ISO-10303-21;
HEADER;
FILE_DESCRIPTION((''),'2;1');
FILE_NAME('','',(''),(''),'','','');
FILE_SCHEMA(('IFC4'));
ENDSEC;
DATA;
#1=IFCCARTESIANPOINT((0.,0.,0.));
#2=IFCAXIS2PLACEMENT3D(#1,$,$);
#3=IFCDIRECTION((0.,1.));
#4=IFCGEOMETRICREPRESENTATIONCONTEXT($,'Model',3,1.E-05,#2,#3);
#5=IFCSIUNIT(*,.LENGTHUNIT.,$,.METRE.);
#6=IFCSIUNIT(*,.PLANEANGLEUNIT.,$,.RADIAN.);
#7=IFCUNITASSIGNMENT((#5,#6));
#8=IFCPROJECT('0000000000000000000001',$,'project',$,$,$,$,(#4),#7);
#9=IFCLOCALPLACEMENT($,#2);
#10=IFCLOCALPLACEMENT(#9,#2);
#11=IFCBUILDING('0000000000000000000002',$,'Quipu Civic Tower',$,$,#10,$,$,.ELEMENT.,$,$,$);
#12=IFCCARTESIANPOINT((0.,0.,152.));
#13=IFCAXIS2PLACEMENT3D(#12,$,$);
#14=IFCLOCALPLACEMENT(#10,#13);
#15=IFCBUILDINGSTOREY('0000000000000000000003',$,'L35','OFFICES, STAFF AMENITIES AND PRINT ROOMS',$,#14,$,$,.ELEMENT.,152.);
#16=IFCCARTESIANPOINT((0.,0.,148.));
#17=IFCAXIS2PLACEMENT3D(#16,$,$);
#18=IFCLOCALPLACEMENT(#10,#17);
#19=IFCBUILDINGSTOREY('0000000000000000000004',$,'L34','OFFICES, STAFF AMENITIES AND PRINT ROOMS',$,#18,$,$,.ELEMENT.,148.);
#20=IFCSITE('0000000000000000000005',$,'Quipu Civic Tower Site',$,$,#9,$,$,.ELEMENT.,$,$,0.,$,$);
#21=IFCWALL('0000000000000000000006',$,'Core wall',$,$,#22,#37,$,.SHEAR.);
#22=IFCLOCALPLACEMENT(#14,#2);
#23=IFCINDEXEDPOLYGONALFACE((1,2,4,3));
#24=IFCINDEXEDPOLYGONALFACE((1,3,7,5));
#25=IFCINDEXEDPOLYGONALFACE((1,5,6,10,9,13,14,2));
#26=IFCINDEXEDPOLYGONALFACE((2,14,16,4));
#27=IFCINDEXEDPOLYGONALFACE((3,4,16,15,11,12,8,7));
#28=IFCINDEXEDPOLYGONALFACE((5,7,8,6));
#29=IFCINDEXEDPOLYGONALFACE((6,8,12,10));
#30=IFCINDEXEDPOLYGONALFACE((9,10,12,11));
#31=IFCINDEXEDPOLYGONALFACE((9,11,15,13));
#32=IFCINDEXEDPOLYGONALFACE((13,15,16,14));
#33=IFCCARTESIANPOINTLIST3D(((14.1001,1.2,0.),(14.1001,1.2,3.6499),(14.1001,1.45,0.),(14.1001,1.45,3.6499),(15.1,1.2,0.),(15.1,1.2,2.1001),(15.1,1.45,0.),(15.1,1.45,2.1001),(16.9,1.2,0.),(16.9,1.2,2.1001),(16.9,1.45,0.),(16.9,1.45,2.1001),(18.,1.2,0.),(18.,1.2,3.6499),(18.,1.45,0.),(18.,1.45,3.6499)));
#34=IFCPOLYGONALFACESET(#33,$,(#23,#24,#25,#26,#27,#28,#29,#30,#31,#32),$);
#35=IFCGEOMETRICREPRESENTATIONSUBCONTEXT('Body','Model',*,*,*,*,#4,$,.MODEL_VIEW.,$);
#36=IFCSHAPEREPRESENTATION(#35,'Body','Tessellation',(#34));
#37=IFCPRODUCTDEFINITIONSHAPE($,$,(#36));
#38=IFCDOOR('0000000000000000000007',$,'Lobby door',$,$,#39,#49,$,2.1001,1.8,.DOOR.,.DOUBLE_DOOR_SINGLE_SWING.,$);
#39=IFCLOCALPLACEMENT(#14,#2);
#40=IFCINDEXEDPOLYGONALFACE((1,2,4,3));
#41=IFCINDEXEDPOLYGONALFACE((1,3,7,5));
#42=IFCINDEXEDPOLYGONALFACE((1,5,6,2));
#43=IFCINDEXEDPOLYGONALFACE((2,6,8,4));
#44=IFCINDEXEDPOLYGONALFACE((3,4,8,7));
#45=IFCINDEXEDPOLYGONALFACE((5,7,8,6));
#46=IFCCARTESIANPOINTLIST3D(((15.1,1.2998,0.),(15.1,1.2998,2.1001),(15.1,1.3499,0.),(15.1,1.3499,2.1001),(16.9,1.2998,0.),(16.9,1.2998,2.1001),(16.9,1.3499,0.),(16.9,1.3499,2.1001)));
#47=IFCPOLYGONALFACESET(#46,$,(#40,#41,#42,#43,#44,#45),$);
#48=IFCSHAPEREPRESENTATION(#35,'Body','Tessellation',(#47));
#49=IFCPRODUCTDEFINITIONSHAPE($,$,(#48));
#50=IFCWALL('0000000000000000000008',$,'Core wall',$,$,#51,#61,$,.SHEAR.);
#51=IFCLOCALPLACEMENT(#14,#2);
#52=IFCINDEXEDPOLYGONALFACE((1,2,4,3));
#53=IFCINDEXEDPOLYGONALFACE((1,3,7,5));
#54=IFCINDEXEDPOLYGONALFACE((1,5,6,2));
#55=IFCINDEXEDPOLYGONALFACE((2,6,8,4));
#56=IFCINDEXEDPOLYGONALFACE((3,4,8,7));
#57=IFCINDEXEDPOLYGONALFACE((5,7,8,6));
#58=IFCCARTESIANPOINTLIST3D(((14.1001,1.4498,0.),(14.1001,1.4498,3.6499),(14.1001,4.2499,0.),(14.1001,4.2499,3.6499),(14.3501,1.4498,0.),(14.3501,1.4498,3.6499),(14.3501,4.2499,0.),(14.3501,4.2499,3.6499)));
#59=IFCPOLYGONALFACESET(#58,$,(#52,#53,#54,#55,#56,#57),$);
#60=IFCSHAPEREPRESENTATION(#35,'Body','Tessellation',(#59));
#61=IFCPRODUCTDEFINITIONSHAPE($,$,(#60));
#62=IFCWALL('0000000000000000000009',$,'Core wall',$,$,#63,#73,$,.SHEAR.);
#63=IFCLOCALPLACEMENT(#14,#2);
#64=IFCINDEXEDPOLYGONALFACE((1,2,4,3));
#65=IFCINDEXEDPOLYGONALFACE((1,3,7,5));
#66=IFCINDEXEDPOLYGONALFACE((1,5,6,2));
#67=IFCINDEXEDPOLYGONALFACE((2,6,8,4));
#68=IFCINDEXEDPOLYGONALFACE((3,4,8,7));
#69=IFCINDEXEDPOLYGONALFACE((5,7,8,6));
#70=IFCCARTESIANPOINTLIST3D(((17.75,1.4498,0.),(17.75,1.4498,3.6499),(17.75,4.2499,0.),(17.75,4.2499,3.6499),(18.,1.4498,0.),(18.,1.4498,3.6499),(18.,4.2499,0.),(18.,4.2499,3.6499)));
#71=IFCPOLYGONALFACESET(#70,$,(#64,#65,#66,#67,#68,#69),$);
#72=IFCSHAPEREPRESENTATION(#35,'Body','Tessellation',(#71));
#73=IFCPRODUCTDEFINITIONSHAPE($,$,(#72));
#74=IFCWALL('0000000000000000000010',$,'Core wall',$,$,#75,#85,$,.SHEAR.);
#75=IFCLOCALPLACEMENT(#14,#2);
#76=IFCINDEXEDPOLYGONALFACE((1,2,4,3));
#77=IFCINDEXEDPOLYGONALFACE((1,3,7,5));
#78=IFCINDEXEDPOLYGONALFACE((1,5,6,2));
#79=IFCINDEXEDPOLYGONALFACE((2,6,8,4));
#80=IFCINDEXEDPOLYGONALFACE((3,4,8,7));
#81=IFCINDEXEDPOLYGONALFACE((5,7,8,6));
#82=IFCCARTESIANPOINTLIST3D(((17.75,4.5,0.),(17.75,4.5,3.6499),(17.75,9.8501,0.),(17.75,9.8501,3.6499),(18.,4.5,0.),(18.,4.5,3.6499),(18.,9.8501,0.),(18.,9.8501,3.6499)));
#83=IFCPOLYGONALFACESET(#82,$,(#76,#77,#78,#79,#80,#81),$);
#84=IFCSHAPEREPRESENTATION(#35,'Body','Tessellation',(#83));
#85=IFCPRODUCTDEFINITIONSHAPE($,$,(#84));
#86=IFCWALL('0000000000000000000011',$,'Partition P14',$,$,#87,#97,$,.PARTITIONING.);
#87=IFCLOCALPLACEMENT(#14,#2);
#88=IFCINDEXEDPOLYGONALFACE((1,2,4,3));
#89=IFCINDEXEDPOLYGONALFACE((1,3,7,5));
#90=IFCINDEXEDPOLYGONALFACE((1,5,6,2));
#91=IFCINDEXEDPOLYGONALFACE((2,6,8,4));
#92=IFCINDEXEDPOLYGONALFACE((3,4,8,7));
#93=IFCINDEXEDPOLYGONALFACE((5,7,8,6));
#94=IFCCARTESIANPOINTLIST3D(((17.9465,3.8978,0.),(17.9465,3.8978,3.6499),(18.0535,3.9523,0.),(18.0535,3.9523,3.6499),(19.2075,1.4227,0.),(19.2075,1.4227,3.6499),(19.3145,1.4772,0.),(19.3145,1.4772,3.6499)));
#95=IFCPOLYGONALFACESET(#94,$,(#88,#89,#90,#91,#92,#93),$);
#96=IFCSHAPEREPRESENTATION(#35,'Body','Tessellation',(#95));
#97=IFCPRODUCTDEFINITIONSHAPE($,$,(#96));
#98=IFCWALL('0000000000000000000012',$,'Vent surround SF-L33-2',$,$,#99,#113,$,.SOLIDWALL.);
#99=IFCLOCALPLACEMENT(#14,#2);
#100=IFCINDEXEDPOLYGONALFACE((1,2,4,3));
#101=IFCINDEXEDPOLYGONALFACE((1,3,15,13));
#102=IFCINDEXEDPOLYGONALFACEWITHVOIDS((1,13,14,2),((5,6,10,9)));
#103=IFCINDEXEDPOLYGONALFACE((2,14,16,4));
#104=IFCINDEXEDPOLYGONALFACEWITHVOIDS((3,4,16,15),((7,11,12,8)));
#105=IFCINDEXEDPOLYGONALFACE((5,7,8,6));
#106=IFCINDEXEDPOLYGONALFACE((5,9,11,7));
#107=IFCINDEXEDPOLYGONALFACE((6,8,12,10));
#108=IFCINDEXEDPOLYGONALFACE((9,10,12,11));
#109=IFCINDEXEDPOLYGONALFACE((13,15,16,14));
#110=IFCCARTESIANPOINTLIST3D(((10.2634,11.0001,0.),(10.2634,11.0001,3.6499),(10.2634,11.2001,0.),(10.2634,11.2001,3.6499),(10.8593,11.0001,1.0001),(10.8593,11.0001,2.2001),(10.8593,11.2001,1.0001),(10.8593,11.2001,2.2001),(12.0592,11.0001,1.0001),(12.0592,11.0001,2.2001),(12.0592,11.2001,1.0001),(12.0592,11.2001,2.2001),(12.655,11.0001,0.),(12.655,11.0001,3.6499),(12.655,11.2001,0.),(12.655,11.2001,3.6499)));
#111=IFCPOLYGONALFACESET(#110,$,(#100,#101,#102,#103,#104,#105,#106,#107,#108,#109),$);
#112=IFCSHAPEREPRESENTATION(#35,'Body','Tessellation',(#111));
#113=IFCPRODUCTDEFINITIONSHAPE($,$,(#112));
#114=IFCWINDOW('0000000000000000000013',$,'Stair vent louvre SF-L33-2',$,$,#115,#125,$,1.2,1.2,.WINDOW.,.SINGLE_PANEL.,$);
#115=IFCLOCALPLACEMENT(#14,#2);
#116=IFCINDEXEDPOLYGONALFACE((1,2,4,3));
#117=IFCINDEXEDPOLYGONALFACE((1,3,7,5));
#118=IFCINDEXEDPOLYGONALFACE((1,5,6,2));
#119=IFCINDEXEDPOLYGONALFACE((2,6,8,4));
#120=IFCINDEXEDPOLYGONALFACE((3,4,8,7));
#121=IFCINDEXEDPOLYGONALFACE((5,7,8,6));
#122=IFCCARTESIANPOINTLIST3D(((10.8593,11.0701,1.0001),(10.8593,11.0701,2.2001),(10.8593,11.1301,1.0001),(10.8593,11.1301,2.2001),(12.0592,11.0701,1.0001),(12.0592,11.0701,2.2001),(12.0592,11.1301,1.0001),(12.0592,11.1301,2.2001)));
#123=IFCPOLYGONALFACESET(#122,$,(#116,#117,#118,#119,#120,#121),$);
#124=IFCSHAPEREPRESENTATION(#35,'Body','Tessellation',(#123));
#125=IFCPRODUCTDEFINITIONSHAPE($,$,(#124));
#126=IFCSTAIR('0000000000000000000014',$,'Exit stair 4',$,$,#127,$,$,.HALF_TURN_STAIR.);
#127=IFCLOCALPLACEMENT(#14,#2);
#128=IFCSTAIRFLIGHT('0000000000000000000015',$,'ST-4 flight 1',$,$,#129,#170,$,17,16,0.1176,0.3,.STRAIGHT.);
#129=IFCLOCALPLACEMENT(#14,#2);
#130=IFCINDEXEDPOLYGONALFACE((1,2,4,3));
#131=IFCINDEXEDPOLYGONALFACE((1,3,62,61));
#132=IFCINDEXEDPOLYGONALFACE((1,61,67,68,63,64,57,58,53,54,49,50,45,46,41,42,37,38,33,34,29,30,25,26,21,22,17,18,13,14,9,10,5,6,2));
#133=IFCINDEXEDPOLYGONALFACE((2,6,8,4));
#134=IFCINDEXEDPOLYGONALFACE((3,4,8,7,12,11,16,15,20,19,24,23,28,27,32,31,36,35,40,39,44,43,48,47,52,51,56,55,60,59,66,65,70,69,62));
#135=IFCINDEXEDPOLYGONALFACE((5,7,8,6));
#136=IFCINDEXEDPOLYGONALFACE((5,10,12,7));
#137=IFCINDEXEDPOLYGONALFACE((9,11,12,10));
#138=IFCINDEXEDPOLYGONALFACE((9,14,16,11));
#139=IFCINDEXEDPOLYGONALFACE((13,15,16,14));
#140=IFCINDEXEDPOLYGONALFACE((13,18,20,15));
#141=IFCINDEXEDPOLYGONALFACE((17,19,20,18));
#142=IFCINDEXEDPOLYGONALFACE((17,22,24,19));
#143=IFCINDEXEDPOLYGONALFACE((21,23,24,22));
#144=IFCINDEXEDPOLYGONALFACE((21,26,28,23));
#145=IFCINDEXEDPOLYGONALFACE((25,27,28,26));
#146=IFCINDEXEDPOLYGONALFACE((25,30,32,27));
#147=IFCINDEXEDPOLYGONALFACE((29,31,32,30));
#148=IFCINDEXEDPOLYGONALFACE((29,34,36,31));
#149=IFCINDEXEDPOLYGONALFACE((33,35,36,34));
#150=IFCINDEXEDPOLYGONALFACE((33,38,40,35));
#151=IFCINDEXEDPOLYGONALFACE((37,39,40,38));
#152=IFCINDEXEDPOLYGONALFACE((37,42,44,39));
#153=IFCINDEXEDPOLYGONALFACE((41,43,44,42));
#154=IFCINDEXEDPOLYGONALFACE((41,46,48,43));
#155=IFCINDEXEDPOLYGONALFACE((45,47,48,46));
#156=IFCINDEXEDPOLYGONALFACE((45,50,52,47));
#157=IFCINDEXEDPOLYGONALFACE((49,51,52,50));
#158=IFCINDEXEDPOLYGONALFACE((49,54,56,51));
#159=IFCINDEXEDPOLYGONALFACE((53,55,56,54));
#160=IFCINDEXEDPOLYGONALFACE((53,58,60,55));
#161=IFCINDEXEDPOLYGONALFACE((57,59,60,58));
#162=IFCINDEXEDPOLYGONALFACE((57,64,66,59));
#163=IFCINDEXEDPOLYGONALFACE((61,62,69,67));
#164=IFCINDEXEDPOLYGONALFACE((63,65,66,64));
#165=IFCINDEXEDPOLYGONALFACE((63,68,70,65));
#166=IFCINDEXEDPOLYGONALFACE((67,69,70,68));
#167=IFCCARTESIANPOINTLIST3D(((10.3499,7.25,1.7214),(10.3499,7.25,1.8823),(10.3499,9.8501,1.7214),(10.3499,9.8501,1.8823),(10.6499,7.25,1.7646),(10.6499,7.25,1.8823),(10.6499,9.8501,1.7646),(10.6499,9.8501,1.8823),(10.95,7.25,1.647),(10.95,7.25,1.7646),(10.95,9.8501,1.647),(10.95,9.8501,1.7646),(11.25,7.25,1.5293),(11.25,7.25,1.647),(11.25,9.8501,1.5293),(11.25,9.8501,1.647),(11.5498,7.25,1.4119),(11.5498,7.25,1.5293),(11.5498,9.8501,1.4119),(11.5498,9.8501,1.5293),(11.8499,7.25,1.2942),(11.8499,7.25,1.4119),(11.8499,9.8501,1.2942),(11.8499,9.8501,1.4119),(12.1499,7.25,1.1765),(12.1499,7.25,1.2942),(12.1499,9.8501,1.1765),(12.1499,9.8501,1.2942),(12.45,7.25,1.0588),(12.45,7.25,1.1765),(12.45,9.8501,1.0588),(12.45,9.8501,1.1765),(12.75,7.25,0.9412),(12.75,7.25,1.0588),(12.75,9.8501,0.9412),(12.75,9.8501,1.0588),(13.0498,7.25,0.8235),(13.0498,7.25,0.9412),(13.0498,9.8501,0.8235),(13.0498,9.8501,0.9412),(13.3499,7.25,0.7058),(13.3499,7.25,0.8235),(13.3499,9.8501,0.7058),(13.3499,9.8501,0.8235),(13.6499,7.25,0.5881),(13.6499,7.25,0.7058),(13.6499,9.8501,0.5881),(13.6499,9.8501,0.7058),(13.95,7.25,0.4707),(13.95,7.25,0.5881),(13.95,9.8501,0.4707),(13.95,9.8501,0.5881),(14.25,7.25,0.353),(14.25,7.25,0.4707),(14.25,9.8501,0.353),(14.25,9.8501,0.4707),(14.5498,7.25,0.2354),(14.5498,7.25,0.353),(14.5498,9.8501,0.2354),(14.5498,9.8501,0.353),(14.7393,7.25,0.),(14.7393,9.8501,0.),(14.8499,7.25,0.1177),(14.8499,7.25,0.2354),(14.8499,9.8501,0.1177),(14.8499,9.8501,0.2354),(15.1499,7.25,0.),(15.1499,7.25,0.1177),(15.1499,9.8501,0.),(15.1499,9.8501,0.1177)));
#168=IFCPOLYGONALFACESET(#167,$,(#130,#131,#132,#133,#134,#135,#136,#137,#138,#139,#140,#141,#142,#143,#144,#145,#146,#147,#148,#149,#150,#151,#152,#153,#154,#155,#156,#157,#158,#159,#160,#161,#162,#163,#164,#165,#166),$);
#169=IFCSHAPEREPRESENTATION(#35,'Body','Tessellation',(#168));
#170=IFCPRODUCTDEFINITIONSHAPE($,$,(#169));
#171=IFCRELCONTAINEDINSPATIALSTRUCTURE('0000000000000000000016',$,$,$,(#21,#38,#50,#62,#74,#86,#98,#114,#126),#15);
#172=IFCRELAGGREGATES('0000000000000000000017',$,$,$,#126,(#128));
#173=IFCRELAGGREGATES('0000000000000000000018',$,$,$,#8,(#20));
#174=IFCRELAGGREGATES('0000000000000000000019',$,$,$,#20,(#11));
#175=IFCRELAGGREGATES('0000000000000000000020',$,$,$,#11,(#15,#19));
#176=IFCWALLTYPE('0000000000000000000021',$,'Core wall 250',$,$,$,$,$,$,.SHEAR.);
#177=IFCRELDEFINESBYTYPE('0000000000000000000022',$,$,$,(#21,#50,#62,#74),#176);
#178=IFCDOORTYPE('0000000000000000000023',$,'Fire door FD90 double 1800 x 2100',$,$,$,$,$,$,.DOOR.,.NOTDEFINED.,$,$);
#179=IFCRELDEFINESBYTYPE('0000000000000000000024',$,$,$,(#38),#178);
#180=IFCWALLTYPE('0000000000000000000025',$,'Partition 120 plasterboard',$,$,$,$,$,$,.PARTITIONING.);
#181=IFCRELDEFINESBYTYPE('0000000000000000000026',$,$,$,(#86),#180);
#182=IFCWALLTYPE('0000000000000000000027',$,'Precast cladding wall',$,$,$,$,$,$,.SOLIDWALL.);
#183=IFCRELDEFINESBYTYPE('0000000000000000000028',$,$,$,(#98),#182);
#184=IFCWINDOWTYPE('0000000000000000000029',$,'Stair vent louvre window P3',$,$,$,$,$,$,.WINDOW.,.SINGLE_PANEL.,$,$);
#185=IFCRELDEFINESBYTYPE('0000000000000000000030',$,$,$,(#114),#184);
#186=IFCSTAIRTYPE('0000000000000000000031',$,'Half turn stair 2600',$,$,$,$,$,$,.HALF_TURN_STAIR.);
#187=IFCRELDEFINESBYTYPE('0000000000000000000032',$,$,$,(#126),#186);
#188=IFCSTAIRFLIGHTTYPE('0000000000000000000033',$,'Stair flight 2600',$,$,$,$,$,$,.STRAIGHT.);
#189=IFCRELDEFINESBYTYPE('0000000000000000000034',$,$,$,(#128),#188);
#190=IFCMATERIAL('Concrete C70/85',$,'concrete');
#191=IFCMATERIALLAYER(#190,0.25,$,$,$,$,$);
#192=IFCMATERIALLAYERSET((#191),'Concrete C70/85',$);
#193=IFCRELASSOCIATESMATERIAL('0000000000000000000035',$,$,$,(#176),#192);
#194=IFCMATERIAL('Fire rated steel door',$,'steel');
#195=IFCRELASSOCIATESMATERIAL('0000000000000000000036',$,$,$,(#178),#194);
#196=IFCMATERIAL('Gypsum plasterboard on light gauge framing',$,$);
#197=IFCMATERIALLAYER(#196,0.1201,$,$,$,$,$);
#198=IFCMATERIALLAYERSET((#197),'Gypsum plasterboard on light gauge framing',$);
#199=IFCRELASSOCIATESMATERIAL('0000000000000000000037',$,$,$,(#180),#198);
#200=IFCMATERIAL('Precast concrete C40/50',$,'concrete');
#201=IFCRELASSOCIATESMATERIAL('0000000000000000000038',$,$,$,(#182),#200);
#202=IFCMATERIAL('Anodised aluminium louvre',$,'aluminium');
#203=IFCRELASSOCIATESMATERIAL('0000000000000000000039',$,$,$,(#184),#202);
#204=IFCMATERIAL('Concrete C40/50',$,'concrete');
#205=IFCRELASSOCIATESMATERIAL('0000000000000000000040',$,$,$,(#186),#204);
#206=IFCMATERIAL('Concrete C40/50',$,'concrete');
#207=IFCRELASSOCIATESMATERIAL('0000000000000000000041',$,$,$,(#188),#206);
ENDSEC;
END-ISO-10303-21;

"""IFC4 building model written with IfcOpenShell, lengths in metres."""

from ifc_helpers import new_model, si_unit, direction, frame, frame_2d, origin, place, context, subcontext, project, spatial, polyline, rectangle, outline, extrude, material, layer, layer_set, type_object, element, fill, aggregate, save


model = new_model("IFC4")

# Units and contexts
model_context = context("Model", 3, precision=1e-05, world=origin(), true_north=direction((0.0, 1.0)))
body_context = subcontext(model_context, "Body", "Model", "MODEL_VIEW")
ifc_project = project(units=[si_unit("LENGTHUNIT", "METRE"), si_unit("PLANEANGLEUNIT", "RADIAN")], contexts=[model_context])

# Site, building, storey
site_placement = place(None, origin())
site = spatial("IfcSite", under=ifc_project, at=site_placement, Name="Quipu Civic Tower Site", CompositionType="ELEMENT", RefElevation=0.0)
building_placement = place(site_placement, origin())
building = spatial("IfcBuilding", under=site, at=building_placement, Name="Quipu Civic Tower", CompositionType="ELEMENT")
storey_1_placement = place(building_placement, frame((0.0, 0.0, 152.0)))
storey_1 = spatial("IfcBuildingStorey", under=building, at=storey_1_placement, Name="L35", Description="OFFICES, STAFF AMENITIES AND PRINT ROOMS", CompositionType="ELEMENT", Elevation=152.0)

# Shared definitions
storey_2_placement = place(building_placement, frame((0.0, 0.0, 148.0)))
storey_2 = spatial("IfcBuildingStorey", under=building, at=storey_2_placement, Name="L34", Description="OFFICES, STAFF AMENITIES AND PRINT ROOMS", CompositionType="ELEMENT", Elevation=148.0)

# Wall, opening, door
ifc_material_1 = material(Name="Concrete C70/85", Category="concrete")
ifc_layer_1 = layer(ifc_material_1, 0.25)
ifc_layer_set_1 = layer_set([ifc_layer_1], Name="Concrete C70/85")
wall_type_1 = type_object("IfcWallType", Name="Core wall 250", PredefinedType="SHEAR", material=ifc_layer_set_1)
wall_1_placement = place(storey_1_placement, frame((14.1001, 1.325, 0.0), z_axis=(0.0, 0.0, 1.0), x_axis=(1.0, 0.0, 0.0)))
wall_1 = element("IfcWall", 1, at=wall_1_placement, inside=storey_1, type_object=wall_type_1, Name="Core wall", PredefinedType="SHEAR", context=body_context, shape_type="SweptSolid", body=[
    extrude(rectangle(XDim=3.8999, YDim=0.25, at=frame_2d((1.95, 0.0))), origin(), (0.0, 0.0, 1.0), 3.6499),
])
opening_1_placement = place(wall_1_placement, frame((1.0, 0.0, 0.0)))
opening_1 = element("IfcOpeningElement", 2, at=opening_1_placement, cuts=wall_1, PredefinedType="OPENING", context=body_context, shape_type="SweptSolid", body=[
    extrude(rectangle(XDim=1.8, YDim=2.1001, at=frame_2d((0.8999, 1.05))), frame((0.0, 0.135, 0.0), z_axis=(0.0, -1.0, 0.0), x_axis=(1.0, 0.0, 0.0)), (0.0, 0.0, 1.0), 0.27),
])
ifc_material_2 = material(Name="Fire rated steel door", Category="steel")
door_type = type_object("IfcDoorType", Name="Fire door FD90 double 1800 x 2100", OperationType="NOTDEFINED", PredefinedType="DOOR", material=ifc_material_2)
door_placement = place(opening_1_placement, origin())
door = element("IfcDoor", 3, at=door_placement, inside=storey_1, type_object=door_type, Name="Lobby door", OperationType="DOUBLE_DOOR_SINGLE_SWING", OverallHeight=2.1001, OverallWidth=1.8, PredefinedType="DOOR", context=body_context, shape_type="SweptSolid", body=[
    extrude(rectangle(XDim=1.8, YDim=2.1001, at=frame_2d((0.8999, 1.05))), frame((0.0, 0.0249, 0.0), z_axis=(0.0, -1.0, 0.0), x_axis=(1.0, 0.0, 0.0)), (0.0, 0.0, 1.0), 0.05),
])
fill(opening_1, door)

# Walls
for number, where, z_axis, x_axis, name in (
    (4, (14.2251, 1.45, 0.0), (0.0, 0.0, 1.0), (0.0, 1.0, 0.0), "Core wall"),
    (5, (17.875, 1.45, 0.0), (0.0, 0.0, 1.0), (0.0, 1.0, 0.0), "Core wall"),
):
    element("IfcWall", number, at=place(storey_1_placement, frame(where, z_axis=z_axis, x_axis=x_axis)), inside=storey_1, type_object=wall_type_1, Name=name, PredefinedType="SHEAR", context=body_context, shape_type="SweptSolid", body=[
        extrude(rectangle(XDim=2.8, YDim=0.25, at=frame_2d((1.3999, 0.0))), origin(), (0.0, 0.0, 1.0), 3.6499),
    ])
wall_2_placement = place(storey_1_placement, frame((17.875, 4.5, 0.0), z_axis=(0.0, 0.0, 1.0), x_axis=(0.0, 1.0, 0.0)))
element("IfcWall", 6, at=wall_2_placement, inside=storey_1, type_object=wall_type_1, Name="Core wall", PredefinedType="SHEAR", context=body_context, shape_type="SweptSolid", body=[
    extrude(rectangle(XDim=5.3501, YDim=0.25, at=frame_2d((2.675, 0.0))), origin(), (0.0, 0.0, 1.0), 3.6499),
])
ifc_material_3 = material(Name="Gypsum plasterboard on light gauge framing")
ifc_layer_2 = layer(ifc_material_3, 0.1201)
ifc_layer_set_2 = layer_set([ifc_layer_2], Name="Gypsum plasterboard on light gauge framing")
wall_type_2 = type_object("IfcWallType", Name="Partition 120 plasterboard", PredefinedType="PARTITIONING", material=ifc_layer_set_2)
wall_3_placement = place(storey_1_placement, frame((18.0, 3.925, 0.0), z_axis=(0.0, 0.0, 1.0), x_axis=(0.453951, -0.891027, 0.0)))
element("IfcWall", 7, at=wall_3_placement, inside=storey_1, type_object=wall_type_2, Name="Partition P14", PredefinedType="PARTITIONING", context=body_context, shape_type="SweptSolid", body=[
    extrude(rectangle(XDim=2.7778, YDim=0.1201, at=frame_2d((1.3889, 0.0))), origin(), (0.0, 0.0, 1.0), 3.6499),
])

# Wall, opening, window
ifc_material_4 = material(Name="Precast concrete C40/50", Category="concrete")
wall_type_3 = type_object("IfcWallType", Name="Precast cladding wall", PredefinedType="SOLIDWALL", material=ifc_material_4)
wall_4_placement = place(storey_1_placement, frame((12.655, 11.1001, 0.0), z_axis=(0.0, 0.0, 1.0), x_axis=(-1.0, 0.0, 0.0)))
wall_4 = element("IfcWall", 8, at=wall_4_placement, inside=storey_1, type_object=wall_type_3, Name="Vent surround SF-L33-2", PredefinedType="SOLIDWALL", context=body_context, shape_type="SweptSolid", body=[
    extrude(rectangle(XDim=2.3916, YDim=0.2, at=frame_2d((1.1958, 0.0))), origin(), (0.0, 0.0, 1.0), 3.6499),
])
opening_2_placement = place(wall_4_placement, frame((0.5957, 0.0, 1.0)))
opening_2 = element("IfcOpeningElement", 9, at=opening_2_placement, cuts=wall_4, PredefinedType="OPENING", context=body_context, shape_type="SweptSolid", body=[
    extrude(rectangle(XDim=1.2, YDim=1.2, at=frame_2d((0.6001, 0.6001))), frame((0.0, 0.1099, 0.0), z_axis=(0.0, -1.0, 0.0), x_axis=(1.0, 0.0, 0.0)), (0.0, 0.0, 1.0), 0.22),
])
ifc_material_5 = material(Name="Anodised aluminium louvre", Category="aluminium")
window_type = type_object("IfcWindowType", Name="Stair vent louvre window P3", PartitioningType="SINGLE_PANEL", PredefinedType="WINDOW", material=ifc_material_5)
window_placement = place(opening_2_placement, origin())
window = element("IfcWindow", 10, at=window_placement, inside=storey_1, type_object=window_type, Name="Stair vent louvre SF-L33-2", OverallHeight=1.2, OverallWidth=1.2, PartitioningType="SINGLE_PANEL", PredefinedType="WINDOW", context=body_context, shape_type="SweptSolid", body=[
    extrude(rectangle(XDim=1.2, YDim=1.2, at=frame_2d((0.6001, 0.6001))), frame((0.0, 0.03, 0.0), z_axis=(0.0, -1.0, 0.0), x_axis=(1.0, 0.0, 0.0)), (0.0, 0.0, 1.0), 0.0601),
])
fill(opening_2, window)

# Stair, stair flight
ifc_material_6 = material(Name="Concrete C40/50", Category="concrete")
stair_type = type_object("IfcStairType", Name="Half turn stair 2600", PredefinedType="HALF_TURN_STAIR", material=ifc_material_6)
stair_placement = place(storey_1_placement, origin())
stair = element("IfcStair", 11, at=stair_placement, inside=storey_1, type_object=stair_type, Name="Exit stair 4", PredefinedType="HALF_TURN_STAIR")
ifc_material_7 = material(Name="Concrete C40/50", Category="concrete")
stair_flight_type = type_object("IfcStairFlightType", Name="Stair flight 2600", PredefinedType="STRAIGHT", material=ifc_material_7)
stair_flight_1_placement = place(storey_1_placement, frame((15.1499, 8.55, 0.0), z_axis=(0.0, 0.0, 1.0), x_axis=(-1.0, 0.0, 0.0)))
stair_flight_1 = element("IfcStairFlight", 12, at=stair_flight_1_placement, type_object=stair_flight_type, Name="ST-4 flight 1", NumberOfRisers=17, NumberOfTreads=16, PredefinedType="STRAIGHT", RiserHeight=0.1176, TreadLength=0.3, context=body_context, shape_type="SweptSolid", body=[
    extrude(outline(polyline([(0.0, 0.0), (0.0, 0.1177), (0.3, 0.1177), (0.3, 0.2354), (0.6001, 0.2354), (0.6001, 0.353), (0.8999, 0.353), (0.8999, 0.4707), (1.2, 0.4707), (1.2, 0.5881), (1.5, 0.5881), (1.5, 0.7058), (1.8, 0.7058), (1.8, 0.8235), (2.1001, 0.8235), (2.1001, 0.9412), (2.3999, 0.9412), (2.3999, 1.0588), (2.7, 1.0588), (2.7, 1.1765), (3.0, 1.1765), (3.0, 1.2942), (3.3, 1.2942), (3.3, 1.4119), (3.6001, 1.4119), (3.6001, 1.5293), (3.8999, 1.5293), (3.8999, 1.647), (4.2, 1.647), (4.2, 1.7646), (4.5, 1.7646), (4.5, 1.8823), (4.8, 1.8823), (4.8, 2.0), (4.8, 1.7214), (0.4106, 0.0), (0.0, 0.0)])), frame((0.0, 1.3, 0.0), z_axis=(0.0, -1.0, 0.0), x_axis=(1.0, 0.0, 0.0)), (0.0, 0.0, 1.0), 2.6001),
])
aggregate(stair, [stair_flight_1])

save(model, "model.ifc")
